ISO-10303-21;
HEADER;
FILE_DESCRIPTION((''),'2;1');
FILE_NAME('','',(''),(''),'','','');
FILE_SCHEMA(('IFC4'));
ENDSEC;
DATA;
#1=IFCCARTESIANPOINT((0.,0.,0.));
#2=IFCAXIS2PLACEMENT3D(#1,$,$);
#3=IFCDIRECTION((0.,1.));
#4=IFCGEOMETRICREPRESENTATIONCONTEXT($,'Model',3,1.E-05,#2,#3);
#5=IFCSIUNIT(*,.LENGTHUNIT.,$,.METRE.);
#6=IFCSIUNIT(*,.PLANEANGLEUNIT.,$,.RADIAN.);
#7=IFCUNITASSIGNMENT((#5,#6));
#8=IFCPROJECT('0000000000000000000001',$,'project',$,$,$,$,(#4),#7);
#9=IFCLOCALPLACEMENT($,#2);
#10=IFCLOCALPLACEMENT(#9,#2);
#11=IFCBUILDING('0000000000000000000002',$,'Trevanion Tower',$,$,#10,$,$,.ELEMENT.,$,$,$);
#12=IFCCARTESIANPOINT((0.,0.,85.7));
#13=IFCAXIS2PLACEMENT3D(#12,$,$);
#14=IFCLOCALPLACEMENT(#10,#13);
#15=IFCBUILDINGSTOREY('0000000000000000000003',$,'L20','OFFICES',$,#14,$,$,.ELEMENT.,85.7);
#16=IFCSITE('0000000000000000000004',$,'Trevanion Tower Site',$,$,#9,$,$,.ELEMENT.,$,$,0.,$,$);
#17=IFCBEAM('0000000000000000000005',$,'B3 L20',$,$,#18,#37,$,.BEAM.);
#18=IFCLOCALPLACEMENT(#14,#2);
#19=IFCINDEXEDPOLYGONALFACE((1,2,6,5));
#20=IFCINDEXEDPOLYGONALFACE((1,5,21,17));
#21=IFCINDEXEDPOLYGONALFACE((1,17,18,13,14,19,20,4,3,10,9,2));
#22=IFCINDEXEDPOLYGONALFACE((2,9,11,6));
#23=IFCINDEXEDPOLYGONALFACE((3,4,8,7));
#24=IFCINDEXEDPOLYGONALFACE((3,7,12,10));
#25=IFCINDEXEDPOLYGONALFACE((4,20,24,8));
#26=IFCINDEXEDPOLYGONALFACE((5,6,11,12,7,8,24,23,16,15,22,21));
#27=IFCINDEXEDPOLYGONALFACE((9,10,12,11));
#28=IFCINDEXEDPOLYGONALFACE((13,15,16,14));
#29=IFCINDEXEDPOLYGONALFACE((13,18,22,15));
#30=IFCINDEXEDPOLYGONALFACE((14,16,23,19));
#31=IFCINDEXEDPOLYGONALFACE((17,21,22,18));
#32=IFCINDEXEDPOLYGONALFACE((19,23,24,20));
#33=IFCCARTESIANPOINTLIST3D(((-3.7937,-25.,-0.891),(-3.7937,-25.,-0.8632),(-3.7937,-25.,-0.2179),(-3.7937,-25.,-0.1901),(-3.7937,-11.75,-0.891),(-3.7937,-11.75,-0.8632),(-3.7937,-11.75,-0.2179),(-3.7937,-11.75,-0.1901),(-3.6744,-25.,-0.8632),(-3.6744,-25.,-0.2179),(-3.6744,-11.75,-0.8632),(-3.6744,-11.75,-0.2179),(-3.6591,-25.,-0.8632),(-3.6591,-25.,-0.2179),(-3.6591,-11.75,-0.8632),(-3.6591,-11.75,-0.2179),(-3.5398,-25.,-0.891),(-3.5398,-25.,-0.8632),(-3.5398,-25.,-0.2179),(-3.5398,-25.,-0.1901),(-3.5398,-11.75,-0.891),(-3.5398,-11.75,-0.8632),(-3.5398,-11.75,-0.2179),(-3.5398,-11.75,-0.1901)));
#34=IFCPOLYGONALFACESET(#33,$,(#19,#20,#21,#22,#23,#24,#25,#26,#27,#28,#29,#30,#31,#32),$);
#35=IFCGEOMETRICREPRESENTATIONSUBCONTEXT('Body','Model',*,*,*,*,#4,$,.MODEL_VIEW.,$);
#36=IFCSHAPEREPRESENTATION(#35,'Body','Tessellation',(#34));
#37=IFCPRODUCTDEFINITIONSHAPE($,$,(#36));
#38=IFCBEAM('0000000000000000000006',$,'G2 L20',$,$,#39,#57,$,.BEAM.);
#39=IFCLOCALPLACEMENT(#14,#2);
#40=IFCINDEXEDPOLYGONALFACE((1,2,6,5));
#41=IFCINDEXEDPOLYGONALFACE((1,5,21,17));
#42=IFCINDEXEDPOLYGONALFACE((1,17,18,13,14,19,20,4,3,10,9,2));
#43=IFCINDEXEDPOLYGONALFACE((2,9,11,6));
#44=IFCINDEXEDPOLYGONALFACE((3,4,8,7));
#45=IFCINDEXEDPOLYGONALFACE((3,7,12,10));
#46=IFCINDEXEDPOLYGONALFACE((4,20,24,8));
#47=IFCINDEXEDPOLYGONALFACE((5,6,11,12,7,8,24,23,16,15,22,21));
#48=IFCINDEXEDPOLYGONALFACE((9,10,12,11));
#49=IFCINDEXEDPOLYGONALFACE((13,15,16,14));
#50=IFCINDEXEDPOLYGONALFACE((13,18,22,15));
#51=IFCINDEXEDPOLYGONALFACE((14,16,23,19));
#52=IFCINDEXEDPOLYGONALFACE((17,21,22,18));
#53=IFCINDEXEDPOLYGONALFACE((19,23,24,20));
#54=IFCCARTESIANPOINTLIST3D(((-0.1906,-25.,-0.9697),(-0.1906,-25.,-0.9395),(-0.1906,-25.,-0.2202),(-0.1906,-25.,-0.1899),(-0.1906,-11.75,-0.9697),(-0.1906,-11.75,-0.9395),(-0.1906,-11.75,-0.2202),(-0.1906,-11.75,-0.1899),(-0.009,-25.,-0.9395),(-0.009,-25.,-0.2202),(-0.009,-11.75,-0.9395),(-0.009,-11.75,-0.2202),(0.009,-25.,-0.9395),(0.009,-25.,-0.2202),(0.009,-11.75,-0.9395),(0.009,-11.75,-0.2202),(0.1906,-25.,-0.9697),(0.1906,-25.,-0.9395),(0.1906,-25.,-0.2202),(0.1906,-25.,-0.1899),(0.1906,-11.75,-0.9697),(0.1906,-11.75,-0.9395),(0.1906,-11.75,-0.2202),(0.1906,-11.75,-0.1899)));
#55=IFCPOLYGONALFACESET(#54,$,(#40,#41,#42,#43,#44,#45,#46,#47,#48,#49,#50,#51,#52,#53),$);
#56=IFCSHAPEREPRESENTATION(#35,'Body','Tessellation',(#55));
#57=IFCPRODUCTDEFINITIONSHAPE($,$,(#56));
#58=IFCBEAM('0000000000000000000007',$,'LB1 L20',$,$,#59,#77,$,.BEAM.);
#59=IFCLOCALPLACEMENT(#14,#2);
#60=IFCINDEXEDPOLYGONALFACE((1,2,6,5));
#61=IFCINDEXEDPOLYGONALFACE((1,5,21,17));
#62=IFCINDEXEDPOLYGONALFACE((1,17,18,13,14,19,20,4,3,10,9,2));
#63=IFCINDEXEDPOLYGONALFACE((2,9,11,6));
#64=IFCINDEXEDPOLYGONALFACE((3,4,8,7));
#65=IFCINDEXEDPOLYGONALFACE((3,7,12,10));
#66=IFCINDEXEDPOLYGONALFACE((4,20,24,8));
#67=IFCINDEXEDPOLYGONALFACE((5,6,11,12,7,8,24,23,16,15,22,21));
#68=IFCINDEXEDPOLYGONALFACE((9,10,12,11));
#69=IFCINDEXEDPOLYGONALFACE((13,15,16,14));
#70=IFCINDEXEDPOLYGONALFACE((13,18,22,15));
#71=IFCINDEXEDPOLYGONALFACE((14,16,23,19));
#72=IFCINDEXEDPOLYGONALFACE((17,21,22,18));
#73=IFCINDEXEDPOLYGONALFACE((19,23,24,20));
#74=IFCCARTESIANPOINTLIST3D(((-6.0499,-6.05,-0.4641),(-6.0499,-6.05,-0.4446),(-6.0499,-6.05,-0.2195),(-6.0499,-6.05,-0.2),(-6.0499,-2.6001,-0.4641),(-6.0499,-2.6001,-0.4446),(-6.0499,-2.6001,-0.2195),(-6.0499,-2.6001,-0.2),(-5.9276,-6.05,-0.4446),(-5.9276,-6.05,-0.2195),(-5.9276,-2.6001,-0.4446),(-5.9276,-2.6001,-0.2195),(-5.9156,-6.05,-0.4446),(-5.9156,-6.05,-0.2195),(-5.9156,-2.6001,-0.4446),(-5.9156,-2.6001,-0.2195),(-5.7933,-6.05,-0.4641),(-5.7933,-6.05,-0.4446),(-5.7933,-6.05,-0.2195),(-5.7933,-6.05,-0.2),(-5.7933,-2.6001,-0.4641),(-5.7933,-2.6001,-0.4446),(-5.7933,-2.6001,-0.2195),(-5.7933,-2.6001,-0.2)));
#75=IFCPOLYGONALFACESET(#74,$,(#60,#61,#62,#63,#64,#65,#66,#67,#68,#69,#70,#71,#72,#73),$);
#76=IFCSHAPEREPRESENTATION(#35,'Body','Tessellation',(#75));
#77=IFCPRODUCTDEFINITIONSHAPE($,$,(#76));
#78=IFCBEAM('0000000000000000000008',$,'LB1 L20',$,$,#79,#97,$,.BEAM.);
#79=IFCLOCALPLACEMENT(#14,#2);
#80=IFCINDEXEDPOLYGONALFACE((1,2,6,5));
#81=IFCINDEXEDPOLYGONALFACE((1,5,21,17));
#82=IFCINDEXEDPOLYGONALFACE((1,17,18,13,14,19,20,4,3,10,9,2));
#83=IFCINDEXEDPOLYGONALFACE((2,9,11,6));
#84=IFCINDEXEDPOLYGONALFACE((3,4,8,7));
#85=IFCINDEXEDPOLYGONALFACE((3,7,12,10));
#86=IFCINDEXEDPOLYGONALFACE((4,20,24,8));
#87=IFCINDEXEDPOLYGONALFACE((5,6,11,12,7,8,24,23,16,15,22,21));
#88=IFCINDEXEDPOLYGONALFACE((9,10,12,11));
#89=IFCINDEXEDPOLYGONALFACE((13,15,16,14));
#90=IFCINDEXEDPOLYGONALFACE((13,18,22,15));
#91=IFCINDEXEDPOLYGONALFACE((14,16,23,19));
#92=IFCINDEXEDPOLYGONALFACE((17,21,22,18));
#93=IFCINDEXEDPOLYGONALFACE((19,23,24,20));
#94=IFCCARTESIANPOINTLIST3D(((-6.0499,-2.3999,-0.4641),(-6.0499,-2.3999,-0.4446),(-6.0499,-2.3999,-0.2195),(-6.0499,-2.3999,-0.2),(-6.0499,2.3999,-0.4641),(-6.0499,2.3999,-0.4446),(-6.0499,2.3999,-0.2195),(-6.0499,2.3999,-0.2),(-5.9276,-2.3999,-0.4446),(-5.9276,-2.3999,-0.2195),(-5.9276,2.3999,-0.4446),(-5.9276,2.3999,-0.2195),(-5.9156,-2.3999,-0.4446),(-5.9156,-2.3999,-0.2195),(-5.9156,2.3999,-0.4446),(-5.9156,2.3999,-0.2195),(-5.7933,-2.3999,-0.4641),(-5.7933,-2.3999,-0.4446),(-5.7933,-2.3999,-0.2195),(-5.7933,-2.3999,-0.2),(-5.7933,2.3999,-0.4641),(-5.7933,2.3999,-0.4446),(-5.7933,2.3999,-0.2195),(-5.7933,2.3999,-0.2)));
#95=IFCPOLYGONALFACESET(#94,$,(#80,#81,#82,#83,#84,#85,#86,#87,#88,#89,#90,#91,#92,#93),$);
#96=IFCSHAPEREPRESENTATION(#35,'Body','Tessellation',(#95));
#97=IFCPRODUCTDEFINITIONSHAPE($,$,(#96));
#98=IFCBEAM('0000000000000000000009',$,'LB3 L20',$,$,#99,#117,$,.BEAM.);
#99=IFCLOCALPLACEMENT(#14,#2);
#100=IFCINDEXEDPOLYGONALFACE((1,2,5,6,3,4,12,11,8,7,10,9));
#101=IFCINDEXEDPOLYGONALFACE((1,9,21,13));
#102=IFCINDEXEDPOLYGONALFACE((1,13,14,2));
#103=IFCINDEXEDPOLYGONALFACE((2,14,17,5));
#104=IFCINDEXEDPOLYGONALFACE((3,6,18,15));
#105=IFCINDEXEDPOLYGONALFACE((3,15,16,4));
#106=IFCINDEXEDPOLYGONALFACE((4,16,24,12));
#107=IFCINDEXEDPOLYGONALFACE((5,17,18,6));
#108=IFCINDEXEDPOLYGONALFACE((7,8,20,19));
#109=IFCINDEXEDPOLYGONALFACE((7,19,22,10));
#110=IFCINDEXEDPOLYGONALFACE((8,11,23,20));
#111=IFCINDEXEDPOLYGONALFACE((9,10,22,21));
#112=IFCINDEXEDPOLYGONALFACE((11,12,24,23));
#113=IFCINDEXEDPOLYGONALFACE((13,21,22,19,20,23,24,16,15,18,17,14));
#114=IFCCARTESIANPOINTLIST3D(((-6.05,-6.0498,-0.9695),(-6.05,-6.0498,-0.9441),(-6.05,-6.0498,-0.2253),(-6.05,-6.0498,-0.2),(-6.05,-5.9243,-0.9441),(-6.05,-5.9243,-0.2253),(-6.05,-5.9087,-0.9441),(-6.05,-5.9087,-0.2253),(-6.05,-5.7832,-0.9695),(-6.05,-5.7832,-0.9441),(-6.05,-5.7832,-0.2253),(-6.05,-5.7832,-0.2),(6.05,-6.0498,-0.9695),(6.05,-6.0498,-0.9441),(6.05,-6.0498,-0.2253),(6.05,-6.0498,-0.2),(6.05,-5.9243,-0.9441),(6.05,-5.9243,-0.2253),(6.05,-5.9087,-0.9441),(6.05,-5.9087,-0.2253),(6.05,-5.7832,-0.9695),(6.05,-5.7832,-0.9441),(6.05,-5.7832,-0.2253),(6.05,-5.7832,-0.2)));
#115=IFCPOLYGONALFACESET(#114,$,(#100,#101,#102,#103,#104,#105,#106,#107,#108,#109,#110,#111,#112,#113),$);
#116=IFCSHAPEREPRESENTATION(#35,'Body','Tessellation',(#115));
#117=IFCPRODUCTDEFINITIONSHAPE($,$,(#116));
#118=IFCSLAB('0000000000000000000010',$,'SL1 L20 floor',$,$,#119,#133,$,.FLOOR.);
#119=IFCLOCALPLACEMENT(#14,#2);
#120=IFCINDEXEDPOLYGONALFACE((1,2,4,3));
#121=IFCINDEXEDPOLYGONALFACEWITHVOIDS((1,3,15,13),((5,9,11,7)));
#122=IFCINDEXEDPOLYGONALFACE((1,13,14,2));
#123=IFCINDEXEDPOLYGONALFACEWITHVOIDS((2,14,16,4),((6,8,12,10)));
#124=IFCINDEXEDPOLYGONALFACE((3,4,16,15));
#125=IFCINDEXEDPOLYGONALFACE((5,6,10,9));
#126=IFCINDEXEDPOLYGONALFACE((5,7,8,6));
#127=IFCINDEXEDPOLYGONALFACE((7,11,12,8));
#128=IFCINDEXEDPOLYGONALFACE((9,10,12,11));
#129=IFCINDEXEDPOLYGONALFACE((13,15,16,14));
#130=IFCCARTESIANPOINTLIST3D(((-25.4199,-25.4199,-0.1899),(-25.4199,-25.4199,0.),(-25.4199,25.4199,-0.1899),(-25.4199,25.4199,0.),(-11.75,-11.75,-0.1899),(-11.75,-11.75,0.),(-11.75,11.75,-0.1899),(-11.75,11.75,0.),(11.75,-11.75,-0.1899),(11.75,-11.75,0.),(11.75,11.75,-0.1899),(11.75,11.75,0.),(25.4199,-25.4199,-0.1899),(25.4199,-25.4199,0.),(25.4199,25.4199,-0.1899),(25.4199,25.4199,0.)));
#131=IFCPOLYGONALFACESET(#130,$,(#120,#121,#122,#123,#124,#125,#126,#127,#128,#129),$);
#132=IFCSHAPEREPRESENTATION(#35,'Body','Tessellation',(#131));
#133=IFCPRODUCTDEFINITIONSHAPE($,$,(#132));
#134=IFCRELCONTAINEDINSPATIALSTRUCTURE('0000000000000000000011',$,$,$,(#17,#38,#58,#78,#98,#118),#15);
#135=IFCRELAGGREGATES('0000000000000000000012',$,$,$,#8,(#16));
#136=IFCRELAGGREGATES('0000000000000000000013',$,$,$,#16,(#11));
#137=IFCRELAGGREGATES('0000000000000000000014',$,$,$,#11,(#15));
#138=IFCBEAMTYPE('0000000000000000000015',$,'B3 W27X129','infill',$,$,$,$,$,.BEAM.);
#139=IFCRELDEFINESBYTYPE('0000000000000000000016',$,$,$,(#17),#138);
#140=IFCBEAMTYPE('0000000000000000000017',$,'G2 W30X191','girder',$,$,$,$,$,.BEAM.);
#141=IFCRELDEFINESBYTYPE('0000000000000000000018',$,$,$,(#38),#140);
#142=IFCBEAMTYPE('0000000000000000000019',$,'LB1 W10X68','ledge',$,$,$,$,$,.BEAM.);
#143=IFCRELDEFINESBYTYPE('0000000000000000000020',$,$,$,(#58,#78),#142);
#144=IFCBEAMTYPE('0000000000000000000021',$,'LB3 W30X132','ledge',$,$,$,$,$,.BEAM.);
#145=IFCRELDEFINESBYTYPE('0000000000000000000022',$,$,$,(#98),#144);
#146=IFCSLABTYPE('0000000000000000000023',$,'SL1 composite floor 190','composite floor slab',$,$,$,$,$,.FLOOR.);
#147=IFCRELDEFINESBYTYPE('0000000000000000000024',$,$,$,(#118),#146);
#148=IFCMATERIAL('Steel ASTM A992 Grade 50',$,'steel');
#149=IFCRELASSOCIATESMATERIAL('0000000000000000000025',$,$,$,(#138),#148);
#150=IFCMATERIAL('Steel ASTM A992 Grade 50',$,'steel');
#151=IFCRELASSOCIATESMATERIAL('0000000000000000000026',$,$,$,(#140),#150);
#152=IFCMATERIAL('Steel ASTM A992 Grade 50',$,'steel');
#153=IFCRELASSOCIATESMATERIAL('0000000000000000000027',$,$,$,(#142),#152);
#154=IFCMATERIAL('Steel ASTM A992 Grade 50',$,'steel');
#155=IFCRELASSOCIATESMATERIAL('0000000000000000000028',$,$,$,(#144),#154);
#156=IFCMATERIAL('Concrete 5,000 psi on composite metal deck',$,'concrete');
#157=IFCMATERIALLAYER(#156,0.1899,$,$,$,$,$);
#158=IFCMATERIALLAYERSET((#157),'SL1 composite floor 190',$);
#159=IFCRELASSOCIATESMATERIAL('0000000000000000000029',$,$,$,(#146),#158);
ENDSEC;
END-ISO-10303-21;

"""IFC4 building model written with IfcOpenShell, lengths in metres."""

from ifc_helpers import new_model, si_unit, direction, frame, origin, origin_2d, place, context, subcontext, project, spatial, polyline, i_section, outline, extrude, material, layer, layer_set, material_profile, profile_set, type_object, element, save


model = new_model("IFC4")

# Units and contexts
model_context = context("Model", 3, precision=1e-05, world=origin(), true_north=direction((0.0, 1.0)))
body_context = subcontext(model_context, "Body", "Model", "MODEL_VIEW")
ifc_project = project(units=[si_unit("LENGTHUNIT", "METRE"), si_unit("PLANEANGLEUNIT", "RADIAN")], contexts=[model_context])

# Site, building, storey
site_placement = place(None, origin())
site = spatial("IfcSite", under=ifc_project, at=site_placement, Name="Trevanion Tower Site", CompositionType="ELEMENT", RefElevation=0.0)
building_placement = place(site_placement, origin())
building = spatial("IfcBuilding", under=site, at=building_placement, Name="Trevanion Tower", CompositionType="ELEMENT")
storey_placement = place(building_placement, frame((0.0, 0.0, 85.7)))
storey = spatial("IfcBuildingStorey", under=building, at=storey_placement, Name="L20", Description="OFFICES", CompositionType="ELEMENT", Elevation=85.7)

# Beams
ifc_material_1 = material(Name="Steel ASTM A992 Grade 50", Category="steel")
ifc_material_profile_1 = material_profile(ifc_material_1, i_section(OverallWidth=0.2539, OverallDepth=0.7009, WebThickness=0.0154, FlangeThickness=0.0278, at=origin_2d()), Name="W27X129")
ifc_profile_set_1 = profile_set([ifc_material_profile_1], Name="Steel ASTM A992 Grade 50")
beam_type_1 = type_object("IfcBeamType", Name="B3 W27X129", Description="infill", PredefinedType="BEAM", material=ifc_profile_set_1)
beam_1_placement = place(storey_placement, frame((-3.6667, -11.75, -0.5405), z_axis=(0.0, -1.0, 0.0), x_axis=(1.0, 0.0, 0.0)))
element("IfcBeam", 1, at=beam_1_placement, inside=storey, type_object=beam_type_1, Name="B3 L20", PredefinedType="BEAM", context=body_context, shape_type="SweptSolid", body=[
    extrude(i_section(OverallWidth=0.2539, OverallDepth=0.7009, WebThickness=0.0154, FlangeThickness=0.0278, at=origin_2d()), origin(), (0.0, 0.0, 1.0), 13.25),
])
ifc_material_2 = material(Name="Steel ASTM A992 Grade 50", Category="steel")
ifc_material_profile_2 = material_profile(ifc_material_2, i_section(OverallWidth=0.3811, OverallDepth=0.7798, WebThickness=0.0181, FlangeThickness=0.0303, at=origin_2d()), Name="W30X191")
ifc_profile_set_2 = profile_set([ifc_material_profile_2], Name="Steel ASTM A992 Grade 50")
beam_type_2 = type_object("IfcBeamType", Name="G2 W30X191", Description="girder", PredefinedType="BEAM", material=ifc_profile_set_2)
beam_2_placement = place(storey_placement, frame((0.0, -11.75, -0.5798), z_axis=(0.0, -1.0, 0.0), x_axis=(1.0, 0.0, 0.0)))
element("IfcBeam", 2, at=beam_2_placement, inside=storey, type_object=beam_type_2, Name="G2 L20", PredefinedType="BEAM", context=body_context, shape_type="SweptSolid", body=[
    extrude(i_section(OverallWidth=0.3811, OverallDepth=0.7798, WebThickness=0.0181, FlangeThickness=0.0303, at=origin_2d()), origin(), (0.0, 0.0, 1.0), 13.25),
])
ifc_material_3 = material(Name="Steel ASTM A992 Grade 50", Category="steel")
ifc_material_profile_3 = material_profile(ifc_material_3, i_section(OverallWidth=0.2566, OverallDepth=0.2642, WebThickness=0.012, FlangeThickness=0.0195, at=origin_2d()), Name="W10X68")
ifc_profile_set_3 = profile_set([ifc_material_profile_3], Name="Steel ASTM A992 Grade 50")
beam_type_3 = type_object("IfcBeamType", Name="LB1 W10X68", Description="ledge", PredefinedType="BEAM", material=ifc_profile_set_3)
beam_3_placement = place(storey_placement, frame((-5.9216, -6.05, -0.332), z_axis=(0.0, 1.0, 0.0), x_axis=(-1.0, 0.0, 0.0)))
element("IfcBeam", 3, at=beam_3_placement, inside=storey, type_object=beam_type_3, Name="LB1 L20", PredefinedType="BEAM", context=body_context, shape_type="SweptSolid", body=[
    extrude(i_section(OverallWidth=0.2566, OverallDepth=0.2642, WebThickness=0.012, FlangeThickness=0.0195, at=origin_2d()), origin(), (0.0, 0.0, 1.0), 3.45),
])
beam_4_placement = place(storey_placement, frame((-5.9216, -2.3999, -0.332), z_axis=(0.0, 1.0, 0.0), x_axis=(-1.0, 0.0, 0.0)))
element("IfcBeam", 4, at=beam_4_placement, inside=storey, type_object=beam_type_3, Name="LB1 L20", PredefinedType="BEAM", context=body_context, shape_type="SweptSolid", body=[
    extrude(i_section(OverallWidth=0.2566, OverallDepth=0.2642, WebThickness=0.012, FlangeThickness=0.0195, at=origin_2d()), origin(), (0.0, 0.0, 1.0), 4.7998),
])
ifc_material_4 = material(Name="Steel ASTM A992 Grade 50", Category="steel")
ifc_material_profile_4 = material_profile(ifc_material_4, i_section(OverallWidth=0.2666, OverallDepth=0.7695, WebThickness=0.0156, FlangeThickness=0.0254, at=origin_2d()), Name="W30X132")
ifc_profile_set_4 = profile_set([ifc_material_profile_4], Name="Steel ASTM A992 Grade 50")
beam_type_4 = type_object("IfcBeamType", Name="LB3 W30X132", Description="ledge", PredefinedType="BEAM", material=ifc_profile_set_4)
beam_5_placement = place(storey_placement, frame((-6.05, -5.9165, -0.5847), z_axis=(1.0, 0.0, 0.0), x_axis=(0.0, 1.0, 0.0)))
element("IfcBeam", 5, at=beam_5_placement, inside=storey, type_object=beam_type_4, Name="LB3 L20", PredefinedType="BEAM", context=body_context, shape_type="SweptSolid", body=[
    extrude(i_section(OverallWidth=0.2666, OverallDepth=0.7695, WebThickness=0.0156, FlangeThickness=0.0254, at=origin_2d()), origin(), (0.0, 0.0, 1.0), 12.1001),
])

# Slab
ifc_material_5 = material(Name="Concrete 5,000 psi on composite metal deck", Category="concrete")
ifc_layer_1 = layer(ifc_material_5, 0.1899)
ifc_layer_set_1 = layer_set([ifc_layer_1], Name="SL1 composite floor 190")
slab_type = type_object("IfcSlabType", Name="SL1 composite floor 190", Description="composite floor slab", PredefinedType="FLOOR", material=ifc_layer_set_1)
slab_placement = place(storey_placement, frame((0.0, 0.0, -0.1899)))
element("IfcSlab", 6, at=slab_placement, inside=storey, type_object=slab_type, Name="SL1 L20 floor", PredefinedType="FLOOR", context=body_context, shape_type="SweptSolid", body=[
    extrude(outline(polyline([(25.4199, -25.4199), (25.4199, 25.4199), (-25.4199, 25.4199), (-25.4199, -25.4199), (25.4199, -25.4199)]), holes=[polyline([(11.75, -11.75), (11.75, 11.75), (-11.75, 11.75), (-11.75, -11.75), (11.75, -11.75)])]), origin(), (0.0, 0.0, 1.0), 0.1899),
])

save(model, "model.ifc")
